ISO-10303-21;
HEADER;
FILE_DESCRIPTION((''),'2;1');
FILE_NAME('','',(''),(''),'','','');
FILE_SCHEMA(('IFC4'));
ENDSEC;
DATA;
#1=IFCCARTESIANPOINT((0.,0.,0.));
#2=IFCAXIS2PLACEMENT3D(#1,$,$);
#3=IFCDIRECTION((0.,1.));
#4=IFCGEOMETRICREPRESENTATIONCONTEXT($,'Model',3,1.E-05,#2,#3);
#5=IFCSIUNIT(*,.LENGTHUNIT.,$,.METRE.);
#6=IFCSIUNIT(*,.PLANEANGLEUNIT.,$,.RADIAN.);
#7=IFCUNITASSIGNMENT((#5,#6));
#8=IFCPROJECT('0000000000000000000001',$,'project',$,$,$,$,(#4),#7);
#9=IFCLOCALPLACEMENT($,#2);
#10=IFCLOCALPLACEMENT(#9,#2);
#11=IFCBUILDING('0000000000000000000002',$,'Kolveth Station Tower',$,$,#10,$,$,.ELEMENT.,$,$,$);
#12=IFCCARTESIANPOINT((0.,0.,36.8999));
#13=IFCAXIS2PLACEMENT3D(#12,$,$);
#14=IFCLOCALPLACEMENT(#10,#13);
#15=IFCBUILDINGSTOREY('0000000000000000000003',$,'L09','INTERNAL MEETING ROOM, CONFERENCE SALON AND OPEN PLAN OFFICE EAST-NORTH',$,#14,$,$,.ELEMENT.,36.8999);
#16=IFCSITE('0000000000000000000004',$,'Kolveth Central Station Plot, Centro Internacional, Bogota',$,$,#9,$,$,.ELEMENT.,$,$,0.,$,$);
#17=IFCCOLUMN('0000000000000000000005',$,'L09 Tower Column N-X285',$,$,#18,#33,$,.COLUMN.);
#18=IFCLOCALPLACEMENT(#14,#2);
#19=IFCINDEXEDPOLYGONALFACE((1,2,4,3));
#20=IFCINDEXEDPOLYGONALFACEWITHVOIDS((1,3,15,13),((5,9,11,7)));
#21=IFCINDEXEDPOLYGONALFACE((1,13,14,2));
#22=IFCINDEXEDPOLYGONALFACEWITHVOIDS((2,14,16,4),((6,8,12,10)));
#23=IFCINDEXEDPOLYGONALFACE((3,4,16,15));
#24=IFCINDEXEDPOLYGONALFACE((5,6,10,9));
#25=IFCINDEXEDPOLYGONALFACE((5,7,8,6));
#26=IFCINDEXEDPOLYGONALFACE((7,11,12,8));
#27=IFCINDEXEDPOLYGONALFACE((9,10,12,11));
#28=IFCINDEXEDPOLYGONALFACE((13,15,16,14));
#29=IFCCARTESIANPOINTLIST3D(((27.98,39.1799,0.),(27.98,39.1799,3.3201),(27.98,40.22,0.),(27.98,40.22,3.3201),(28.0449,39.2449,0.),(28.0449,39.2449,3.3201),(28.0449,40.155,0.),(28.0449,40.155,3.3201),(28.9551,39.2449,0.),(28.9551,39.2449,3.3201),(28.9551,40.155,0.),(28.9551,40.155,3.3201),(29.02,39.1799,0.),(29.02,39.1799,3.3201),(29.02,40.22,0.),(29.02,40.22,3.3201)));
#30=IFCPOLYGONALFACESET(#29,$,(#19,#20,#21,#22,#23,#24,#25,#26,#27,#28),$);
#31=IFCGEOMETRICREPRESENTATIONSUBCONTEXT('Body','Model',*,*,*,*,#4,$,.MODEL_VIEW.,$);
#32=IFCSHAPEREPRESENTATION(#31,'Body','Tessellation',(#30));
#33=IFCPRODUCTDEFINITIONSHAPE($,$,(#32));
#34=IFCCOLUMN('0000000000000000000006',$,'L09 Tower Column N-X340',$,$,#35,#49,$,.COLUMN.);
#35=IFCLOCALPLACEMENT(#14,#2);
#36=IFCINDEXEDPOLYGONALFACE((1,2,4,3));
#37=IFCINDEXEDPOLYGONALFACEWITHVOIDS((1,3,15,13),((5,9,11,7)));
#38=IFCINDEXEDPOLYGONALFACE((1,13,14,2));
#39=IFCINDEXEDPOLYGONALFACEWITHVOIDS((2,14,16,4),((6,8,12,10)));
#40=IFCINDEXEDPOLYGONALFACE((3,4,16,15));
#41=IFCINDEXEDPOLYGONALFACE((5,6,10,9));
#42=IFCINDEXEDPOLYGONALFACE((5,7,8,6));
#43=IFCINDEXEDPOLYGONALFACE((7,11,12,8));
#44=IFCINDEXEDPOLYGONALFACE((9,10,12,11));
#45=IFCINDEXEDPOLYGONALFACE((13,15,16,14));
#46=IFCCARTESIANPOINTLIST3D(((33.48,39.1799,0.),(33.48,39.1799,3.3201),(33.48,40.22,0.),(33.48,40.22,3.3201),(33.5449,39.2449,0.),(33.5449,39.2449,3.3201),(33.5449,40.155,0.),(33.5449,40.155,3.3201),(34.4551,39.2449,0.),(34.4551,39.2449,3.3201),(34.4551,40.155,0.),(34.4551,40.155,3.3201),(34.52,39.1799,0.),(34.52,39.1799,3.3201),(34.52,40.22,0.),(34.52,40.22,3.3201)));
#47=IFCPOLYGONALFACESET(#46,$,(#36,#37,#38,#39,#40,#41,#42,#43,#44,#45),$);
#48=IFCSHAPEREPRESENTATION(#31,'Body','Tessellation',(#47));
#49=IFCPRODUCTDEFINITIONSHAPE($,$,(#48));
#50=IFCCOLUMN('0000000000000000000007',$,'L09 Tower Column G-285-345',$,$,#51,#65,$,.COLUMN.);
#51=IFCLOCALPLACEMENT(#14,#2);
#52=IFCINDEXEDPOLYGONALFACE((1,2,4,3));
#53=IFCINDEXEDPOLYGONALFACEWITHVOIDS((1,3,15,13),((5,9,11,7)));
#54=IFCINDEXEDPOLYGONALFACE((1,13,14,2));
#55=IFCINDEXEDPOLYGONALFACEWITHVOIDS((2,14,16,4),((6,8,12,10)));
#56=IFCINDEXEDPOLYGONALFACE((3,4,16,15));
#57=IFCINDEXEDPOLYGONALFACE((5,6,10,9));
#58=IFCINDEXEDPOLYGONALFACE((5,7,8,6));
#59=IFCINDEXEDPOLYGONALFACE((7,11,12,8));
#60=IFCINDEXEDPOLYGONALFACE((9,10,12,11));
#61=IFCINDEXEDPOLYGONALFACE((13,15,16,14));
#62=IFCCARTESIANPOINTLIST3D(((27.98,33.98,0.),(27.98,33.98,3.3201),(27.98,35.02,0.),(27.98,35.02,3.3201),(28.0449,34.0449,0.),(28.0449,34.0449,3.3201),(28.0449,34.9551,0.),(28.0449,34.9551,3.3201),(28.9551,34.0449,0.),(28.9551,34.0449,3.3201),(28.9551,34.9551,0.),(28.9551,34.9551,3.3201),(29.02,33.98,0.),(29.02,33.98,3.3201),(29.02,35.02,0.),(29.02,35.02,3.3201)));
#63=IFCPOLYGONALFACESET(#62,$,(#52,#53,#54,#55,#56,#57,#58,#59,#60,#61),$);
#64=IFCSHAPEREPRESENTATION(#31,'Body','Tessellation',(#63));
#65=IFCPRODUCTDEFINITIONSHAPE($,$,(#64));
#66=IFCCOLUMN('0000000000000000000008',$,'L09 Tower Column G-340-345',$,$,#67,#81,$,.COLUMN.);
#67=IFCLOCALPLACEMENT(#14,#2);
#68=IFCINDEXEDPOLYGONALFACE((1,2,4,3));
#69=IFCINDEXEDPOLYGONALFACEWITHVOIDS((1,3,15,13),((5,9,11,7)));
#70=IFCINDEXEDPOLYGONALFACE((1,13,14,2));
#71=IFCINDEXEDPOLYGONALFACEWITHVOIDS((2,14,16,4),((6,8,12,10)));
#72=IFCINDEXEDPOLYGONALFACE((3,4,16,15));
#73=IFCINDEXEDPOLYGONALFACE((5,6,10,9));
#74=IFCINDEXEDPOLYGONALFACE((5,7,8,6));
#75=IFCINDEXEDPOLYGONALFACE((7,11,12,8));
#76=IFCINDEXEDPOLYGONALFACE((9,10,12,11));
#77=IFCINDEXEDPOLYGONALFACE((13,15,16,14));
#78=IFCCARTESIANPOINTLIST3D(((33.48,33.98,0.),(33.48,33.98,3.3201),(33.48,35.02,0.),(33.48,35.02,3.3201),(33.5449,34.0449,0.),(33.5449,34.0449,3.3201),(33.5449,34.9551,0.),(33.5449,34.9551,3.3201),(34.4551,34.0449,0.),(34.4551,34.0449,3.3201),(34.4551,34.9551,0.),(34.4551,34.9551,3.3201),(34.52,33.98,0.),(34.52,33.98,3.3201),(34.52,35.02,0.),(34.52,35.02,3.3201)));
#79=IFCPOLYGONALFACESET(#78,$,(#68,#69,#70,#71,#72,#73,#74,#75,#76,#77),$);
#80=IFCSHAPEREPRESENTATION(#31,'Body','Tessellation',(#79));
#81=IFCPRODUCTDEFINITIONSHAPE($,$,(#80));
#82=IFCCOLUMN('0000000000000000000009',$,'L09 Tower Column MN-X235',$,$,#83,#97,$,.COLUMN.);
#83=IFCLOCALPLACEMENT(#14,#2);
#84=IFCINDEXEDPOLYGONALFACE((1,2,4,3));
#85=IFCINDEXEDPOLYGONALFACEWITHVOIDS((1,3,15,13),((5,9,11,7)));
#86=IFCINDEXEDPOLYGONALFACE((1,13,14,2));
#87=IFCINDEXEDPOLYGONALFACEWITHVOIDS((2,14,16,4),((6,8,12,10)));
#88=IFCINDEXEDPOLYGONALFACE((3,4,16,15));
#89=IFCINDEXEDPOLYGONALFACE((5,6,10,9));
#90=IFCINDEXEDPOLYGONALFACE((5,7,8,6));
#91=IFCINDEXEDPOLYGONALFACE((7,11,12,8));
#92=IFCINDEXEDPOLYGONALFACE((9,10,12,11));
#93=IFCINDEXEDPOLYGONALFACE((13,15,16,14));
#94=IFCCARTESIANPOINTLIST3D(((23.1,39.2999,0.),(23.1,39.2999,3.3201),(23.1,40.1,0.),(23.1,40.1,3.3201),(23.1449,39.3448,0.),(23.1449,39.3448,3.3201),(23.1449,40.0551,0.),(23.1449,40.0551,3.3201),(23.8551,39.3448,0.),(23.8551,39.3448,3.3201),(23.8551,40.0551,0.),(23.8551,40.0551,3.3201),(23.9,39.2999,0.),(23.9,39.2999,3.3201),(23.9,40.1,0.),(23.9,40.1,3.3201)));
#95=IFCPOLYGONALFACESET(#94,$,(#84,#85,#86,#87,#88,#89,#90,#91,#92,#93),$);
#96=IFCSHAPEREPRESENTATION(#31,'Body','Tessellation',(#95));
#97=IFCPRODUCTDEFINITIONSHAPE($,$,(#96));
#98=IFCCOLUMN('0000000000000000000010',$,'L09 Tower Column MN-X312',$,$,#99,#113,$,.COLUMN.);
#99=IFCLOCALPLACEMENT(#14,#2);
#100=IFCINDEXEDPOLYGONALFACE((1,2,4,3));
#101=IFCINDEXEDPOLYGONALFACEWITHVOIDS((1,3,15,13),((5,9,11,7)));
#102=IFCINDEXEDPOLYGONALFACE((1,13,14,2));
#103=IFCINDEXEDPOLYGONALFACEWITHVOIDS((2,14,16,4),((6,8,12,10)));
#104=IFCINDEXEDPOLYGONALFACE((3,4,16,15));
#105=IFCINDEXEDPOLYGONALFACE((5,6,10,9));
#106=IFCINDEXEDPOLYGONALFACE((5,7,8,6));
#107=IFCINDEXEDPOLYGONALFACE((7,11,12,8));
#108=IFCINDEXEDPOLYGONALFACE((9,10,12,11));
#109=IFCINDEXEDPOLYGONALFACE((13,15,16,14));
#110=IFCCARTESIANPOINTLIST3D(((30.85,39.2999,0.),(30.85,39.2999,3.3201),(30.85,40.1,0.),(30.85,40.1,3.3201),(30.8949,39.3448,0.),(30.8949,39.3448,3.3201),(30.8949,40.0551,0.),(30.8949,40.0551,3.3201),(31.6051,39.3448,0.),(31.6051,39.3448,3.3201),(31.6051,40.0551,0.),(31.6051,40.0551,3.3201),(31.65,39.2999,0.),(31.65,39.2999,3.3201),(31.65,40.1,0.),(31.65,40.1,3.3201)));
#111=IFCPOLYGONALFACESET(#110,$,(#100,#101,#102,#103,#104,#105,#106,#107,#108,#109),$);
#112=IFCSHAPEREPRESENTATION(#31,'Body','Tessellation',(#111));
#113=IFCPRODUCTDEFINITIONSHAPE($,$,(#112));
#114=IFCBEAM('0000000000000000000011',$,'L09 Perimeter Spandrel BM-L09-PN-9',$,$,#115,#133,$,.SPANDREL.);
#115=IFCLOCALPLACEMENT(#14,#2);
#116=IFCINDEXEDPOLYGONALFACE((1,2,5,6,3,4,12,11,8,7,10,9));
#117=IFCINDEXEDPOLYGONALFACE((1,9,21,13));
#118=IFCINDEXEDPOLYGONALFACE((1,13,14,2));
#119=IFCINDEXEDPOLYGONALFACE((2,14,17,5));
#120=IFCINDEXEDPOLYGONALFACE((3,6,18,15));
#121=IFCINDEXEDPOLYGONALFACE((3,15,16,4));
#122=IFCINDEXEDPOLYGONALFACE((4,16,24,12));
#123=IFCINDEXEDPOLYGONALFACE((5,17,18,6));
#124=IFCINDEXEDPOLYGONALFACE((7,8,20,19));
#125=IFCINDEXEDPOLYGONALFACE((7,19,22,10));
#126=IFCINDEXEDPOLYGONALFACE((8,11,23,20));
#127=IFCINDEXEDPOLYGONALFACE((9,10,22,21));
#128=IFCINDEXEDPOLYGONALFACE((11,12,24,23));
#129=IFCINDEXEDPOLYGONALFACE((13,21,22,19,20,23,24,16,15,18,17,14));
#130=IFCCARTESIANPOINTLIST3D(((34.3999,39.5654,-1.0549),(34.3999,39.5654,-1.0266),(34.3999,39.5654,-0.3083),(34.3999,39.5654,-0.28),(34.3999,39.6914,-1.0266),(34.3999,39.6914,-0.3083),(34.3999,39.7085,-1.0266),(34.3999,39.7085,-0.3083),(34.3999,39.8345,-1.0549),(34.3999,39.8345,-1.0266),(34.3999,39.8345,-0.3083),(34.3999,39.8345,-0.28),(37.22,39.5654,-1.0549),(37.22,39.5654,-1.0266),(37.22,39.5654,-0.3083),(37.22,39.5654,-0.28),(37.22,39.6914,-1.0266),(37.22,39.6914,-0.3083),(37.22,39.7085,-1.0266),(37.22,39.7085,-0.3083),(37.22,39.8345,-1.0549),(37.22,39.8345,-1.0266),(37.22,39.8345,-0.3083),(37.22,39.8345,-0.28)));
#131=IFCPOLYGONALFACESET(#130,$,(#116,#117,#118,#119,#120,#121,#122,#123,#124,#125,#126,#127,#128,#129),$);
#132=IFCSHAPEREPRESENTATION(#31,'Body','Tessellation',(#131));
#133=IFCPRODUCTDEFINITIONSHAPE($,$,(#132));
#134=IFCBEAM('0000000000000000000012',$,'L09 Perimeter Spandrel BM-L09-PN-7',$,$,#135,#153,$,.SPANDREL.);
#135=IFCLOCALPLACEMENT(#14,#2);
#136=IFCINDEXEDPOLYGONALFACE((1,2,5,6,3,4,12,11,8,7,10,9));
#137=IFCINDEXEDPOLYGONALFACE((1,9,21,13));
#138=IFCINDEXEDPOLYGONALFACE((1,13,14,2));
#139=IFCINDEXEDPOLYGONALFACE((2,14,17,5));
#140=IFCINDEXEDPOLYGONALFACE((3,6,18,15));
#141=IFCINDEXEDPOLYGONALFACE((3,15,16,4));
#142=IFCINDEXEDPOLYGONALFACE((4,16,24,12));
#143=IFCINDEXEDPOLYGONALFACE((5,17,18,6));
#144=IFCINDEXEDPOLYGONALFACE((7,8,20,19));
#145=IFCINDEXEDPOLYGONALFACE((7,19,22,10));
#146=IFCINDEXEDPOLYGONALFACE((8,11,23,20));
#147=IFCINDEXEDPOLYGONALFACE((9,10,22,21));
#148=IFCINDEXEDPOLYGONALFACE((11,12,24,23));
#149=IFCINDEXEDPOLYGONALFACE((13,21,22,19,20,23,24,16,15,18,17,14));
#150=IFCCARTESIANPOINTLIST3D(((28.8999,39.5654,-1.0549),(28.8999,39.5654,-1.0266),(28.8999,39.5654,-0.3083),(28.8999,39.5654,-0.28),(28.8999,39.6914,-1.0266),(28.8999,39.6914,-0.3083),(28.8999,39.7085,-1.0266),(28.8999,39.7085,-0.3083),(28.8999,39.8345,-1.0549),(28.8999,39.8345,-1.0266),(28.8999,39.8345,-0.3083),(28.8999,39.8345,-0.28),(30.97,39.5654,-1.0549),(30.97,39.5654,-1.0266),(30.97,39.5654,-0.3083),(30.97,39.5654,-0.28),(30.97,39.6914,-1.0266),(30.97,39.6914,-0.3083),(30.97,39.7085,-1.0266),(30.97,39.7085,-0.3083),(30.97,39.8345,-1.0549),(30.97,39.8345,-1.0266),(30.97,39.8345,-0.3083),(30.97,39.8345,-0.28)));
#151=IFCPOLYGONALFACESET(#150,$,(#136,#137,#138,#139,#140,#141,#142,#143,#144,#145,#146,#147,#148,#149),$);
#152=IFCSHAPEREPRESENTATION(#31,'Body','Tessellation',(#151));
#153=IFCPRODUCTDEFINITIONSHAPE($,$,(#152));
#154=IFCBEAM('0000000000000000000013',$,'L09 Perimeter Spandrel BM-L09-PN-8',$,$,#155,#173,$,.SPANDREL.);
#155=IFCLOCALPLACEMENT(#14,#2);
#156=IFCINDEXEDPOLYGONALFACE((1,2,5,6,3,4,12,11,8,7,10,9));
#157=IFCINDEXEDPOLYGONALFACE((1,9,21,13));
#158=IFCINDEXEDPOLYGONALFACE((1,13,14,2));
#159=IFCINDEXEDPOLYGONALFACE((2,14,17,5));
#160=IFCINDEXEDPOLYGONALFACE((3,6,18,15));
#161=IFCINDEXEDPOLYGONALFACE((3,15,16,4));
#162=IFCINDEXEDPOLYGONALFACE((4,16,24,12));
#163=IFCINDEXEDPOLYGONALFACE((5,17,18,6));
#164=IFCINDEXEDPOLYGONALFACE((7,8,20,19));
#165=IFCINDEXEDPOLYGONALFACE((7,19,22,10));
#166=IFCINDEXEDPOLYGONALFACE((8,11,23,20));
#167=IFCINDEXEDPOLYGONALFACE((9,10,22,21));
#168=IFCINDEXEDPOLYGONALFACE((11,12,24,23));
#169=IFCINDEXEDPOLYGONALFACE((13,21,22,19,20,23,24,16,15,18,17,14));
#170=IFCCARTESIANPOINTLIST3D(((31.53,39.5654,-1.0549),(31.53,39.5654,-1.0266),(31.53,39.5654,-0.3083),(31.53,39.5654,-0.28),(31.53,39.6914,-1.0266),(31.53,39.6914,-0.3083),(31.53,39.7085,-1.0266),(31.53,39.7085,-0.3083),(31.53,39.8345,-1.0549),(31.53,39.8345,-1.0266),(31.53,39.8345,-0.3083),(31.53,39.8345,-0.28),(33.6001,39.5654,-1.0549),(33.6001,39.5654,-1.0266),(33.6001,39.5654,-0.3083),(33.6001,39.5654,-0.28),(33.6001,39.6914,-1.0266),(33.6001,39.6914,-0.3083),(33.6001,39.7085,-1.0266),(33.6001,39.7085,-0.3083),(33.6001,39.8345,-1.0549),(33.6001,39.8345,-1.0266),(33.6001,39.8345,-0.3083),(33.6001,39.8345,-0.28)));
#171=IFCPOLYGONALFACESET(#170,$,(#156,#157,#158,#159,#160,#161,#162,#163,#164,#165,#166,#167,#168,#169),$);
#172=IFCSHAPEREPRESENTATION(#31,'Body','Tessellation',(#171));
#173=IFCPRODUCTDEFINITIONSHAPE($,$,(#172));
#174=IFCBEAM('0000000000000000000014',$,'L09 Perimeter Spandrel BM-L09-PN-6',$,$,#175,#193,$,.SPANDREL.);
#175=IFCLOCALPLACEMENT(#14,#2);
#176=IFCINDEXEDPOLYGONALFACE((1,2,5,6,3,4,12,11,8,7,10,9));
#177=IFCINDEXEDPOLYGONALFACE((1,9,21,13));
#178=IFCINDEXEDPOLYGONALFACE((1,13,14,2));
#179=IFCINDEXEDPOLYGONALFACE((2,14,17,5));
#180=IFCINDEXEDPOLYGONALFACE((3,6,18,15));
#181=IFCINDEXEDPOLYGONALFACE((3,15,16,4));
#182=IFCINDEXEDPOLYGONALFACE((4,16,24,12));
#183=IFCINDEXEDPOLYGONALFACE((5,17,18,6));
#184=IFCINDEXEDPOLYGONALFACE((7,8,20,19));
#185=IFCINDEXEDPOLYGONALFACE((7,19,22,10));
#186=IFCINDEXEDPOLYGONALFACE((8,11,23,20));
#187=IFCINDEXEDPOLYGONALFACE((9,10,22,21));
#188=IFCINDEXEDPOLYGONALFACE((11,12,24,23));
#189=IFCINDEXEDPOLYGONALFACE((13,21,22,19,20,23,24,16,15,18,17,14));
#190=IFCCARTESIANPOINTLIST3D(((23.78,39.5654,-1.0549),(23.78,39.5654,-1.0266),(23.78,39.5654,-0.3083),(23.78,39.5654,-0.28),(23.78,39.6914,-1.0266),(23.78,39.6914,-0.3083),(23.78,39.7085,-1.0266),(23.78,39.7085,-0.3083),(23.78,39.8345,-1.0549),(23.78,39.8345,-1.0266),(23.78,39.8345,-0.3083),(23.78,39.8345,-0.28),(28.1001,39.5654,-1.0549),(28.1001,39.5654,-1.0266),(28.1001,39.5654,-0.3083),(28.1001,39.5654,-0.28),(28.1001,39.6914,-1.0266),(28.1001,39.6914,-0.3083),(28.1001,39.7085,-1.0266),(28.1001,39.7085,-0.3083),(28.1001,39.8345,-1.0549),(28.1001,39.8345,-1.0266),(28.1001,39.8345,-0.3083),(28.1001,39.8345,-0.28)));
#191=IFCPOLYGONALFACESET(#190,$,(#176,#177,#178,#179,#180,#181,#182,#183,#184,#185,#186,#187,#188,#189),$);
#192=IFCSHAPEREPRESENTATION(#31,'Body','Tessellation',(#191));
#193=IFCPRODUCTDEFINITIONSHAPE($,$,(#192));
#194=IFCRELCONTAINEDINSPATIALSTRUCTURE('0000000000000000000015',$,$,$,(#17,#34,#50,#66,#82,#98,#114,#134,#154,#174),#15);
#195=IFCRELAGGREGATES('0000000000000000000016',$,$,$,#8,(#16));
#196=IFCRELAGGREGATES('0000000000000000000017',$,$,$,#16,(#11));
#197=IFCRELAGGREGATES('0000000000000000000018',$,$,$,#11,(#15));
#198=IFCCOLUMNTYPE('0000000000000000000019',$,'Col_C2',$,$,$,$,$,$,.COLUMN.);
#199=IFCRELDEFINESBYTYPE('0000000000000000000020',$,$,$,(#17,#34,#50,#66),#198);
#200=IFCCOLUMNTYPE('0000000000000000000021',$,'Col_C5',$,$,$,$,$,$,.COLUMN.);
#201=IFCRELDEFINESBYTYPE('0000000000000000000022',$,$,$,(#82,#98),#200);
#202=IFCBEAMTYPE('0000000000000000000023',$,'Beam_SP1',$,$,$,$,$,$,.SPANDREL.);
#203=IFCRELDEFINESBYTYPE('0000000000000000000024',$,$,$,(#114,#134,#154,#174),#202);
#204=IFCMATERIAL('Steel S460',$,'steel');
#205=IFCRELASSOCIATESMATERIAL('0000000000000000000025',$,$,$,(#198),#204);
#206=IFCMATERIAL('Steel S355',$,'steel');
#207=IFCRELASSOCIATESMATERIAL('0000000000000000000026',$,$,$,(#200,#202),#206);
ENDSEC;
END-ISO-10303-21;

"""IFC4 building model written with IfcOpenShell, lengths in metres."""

from ifc_helpers import new_model, si_unit, direction, frame, origin, origin_2d, place, context, subcontext, project, spatial, hollow_rectangle, i_section, extrude, source, transform, mapped, material, material_profile, profile_set, type_object, element, save


model = new_model("IFC4")

# Units and contexts
model_context = context("Model", 3, precision=1e-05, world=origin(), true_north=direction((0.0, 1.0)))
body_context = subcontext(model_context, "Body", "Model", "MODEL_VIEW")
ifc_project = project(units=[si_unit("LENGTHUNIT", "METRE"), si_unit("PLANEANGLEUNIT", "RADIAN")], contexts=[model_context])

# Site, building, storey
site_placement = place(None, origin())
site = spatial("IfcSite", under=ifc_project, at=site_placement, Name="Kolveth Central Station Plot, Centro Internacional, Bogota", CompositionType="ELEMENT", RefElevation=0.0)
building_placement = place(site_placement, origin())
building = spatial("IfcBuilding", under=site, at=building_placement, Name="Kolveth Station Tower", CompositionType="ELEMENT")
storey_placement = place(building_placement, frame((0.0, 0.0, 36.8999)))
storey = spatial("IfcBuildingStorey", under=building, at=storey_placement, Name="L09", Description="INTERNAL MEETING ROOM, CONFERENCE SALON AND OPEN PLAN OFFICE EAST-NORTH", CompositionType="ELEMENT", Elevation=36.8999)

# Columns
ifc_material_1 = material(Name="Steel S460", Category="steel")
ifc_material_profile_1 = material_profile(ifc_material_1, hollow_rectangle(XDim=1.04, YDim=1.04, WallThickness=0.0649, at=origin_2d()), Name="BOX1040x1040x65")
ifc_profile_set_1 = profile_set([ifc_material_profile_1], Name="Steel S460")
column_type_1 = type_object("IfcColumnType", Name="Col_C2", PredefinedType="COLUMN", material=ifc_profile_set_1)
shared_shape_1 = source(origin(), body_context, "Body", "SweptSolid", [
    extrude(hollow_rectangle(XDim=1.04, YDim=1.04, WallThickness=0.0649, at=origin_2d()), origin(), (0.0, 0.0, 1.0), 3.3201),
])
for number, where, z_axis, x_axis, name in (
    (1, (28.5, 39.7, 0.0), (0.0, 0.0, 1.0), (1.0, 0.0, 0.0), "L09 Tower Column N-X285"),
    (2, (34.0, 39.7, 0.0), (0.0, 0.0, 1.0), (1.0, 0.0, 0.0), "L09 Tower Column N-X340"),
    (3, (28.5, 34.5, 0.0), (0.0, 0.0, 1.0), (1.0, 0.0, 0.0), "L09 Tower Column G-285-345"),
    (4, (34.0, 34.5, 0.0), (0.0, 0.0, 1.0), (1.0, 0.0, 0.0), "L09 Tower Column G-340-345"),
):
    element("IfcColumn", number, at=place(storey_placement, frame(where, z_axis=z_axis, x_axis=x_axis)), inside=storey, type_object=column_type_1, Name=name, PredefinedType="COLUMN", context=body_context, shape_type="MappedRepresentation", body=[
        mapped(shared_shape_1, transform((0.0, 0.0, 0.0), x_axis=(1.0, 0.0, 0.0), y_axis=(0.0, 1.0, 0.0), z_axis=(0.0, 0.0, 1.0), scale=1.0)),
    ])
ifc_material_2 = material(Name="Steel S355", Category="steel")
ifc_material_profile_2 = material_profile(ifc_material_2, hollow_rectangle(XDim=0.8, YDim=0.8, WallThickness=0.0449, at=origin_2d()), Name="BOX800x800x45")
ifc_profile_set_2 = profile_set([ifc_material_profile_2], Name="Steel S355")
column_type_2 = type_object("IfcColumnType", Name="Col_C5", PredefinedType="COLUMN", material=ifc_profile_set_2)
shared_shape_2 = source(origin(), body_context, "Body", "SweptSolid", [
    extrude(hollow_rectangle(XDim=0.8, YDim=0.8, WallThickness=0.0449, at=origin_2d()), origin(), (0.0, 0.0, 1.0), 3.3201),
])
for number, where, z_axis, x_axis, name in (
    (5, (23.5, 39.7, 0.0), (0.0, 0.0, 1.0), (1.0, 0.0, 0.0), "L09 Tower Column MN-X235"),
    (6, (31.25, 39.7, 0.0), (0.0, 0.0, 1.0), (1.0, 0.0, 0.0), "L09 Tower Column MN-X312"),
):
    element("IfcColumn", number, at=place(storey_placement, frame(where, z_axis=z_axis, x_axis=x_axis)), inside=storey, type_object=column_type_2, Name=name, PredefinedType="COLUMN", context=body_context, shape_type="MappedRepresentation", body=[
        mapped(shared_shape_2, transform((0.0, 0.0, 0.0), x_axis=(1.0, 0.0, 0.0), y_axis=(0.0, 1.0, 0.0), z_axis=(0.0, 0.0, 1.0), scale=1.0)),
    ])

# Beams
ifc_material_profile_3 = material_profile(ifc_material_2, i_section(OverallWidth=0.269, OverallDepth=0.7749, WebThickness=0.0171, FlangeThickness=0.0283, at=origin_2d()), Name="W760x220")
ifc_profile_set_3 = profile_set([ifc_material_profile_3], Name="Steel S355")
beam_type_1 = type_object("IfcBeamType", Name="Beam_SP1", PredefinedType="SPANDREL", material=ifc_profile_set_3)
shared_shape_3 = source(origin(), body_context, "Body", "SweptSolid", [
    extrude(i_section(OverallWidth=0.269, OverallDepth=0.7749, WebThickness=0.0171, FlangeThickness=0.0283, at=origin_2d()), origin(), (0.0, 0.0, 1.0), 2.8201),
])
beam_1_placement = place(storey_placement, frame((34.3999, 39.7, -0.6675), z_axis=(1.0, 0.0, 0.0), x_axis=(0.0, 1.0, 0.0)))
element("IfcBeam", 7, at=beam_1_placement, inside=storey, type_object=beam_type_1, Name="L09 Perimeter Spandrel BM-L09-PN-9", PredefinedType="SPANDREL", context=body_context, shape_type="MappedRepresentation", body=[
    mapped(shared_shape_3, transform((0.0, 0.0, 0.0), x_axis=(1.0, 0.0, 0.0), y_axis=(0.0, 1.0, 0.0), z_axis=(0.0, 0.0, 1.0), scale=1.0)),
])
shared_shape_4 = source(origin(), body_context, "Body", "SweptSolid", [
    extrude(i_section(OverallWidth=0.269, OverallDepth=0.7749, WebThickness=0.0171, FlangeThickness=0.0283, at=origin_2d()), origin(), (0.0, 0.0, 1.0), 2.0701),
])
for number, where, z_axis, x_axis, name in (
    (8, (28.8999, 39.7, -0.6675), (1.0, 0.0, 0.0), (0.0, 1.0, 0.0), "L09 Perimeter Spandrel BM-L09-PN-7"),
    (9, (31.53, 39.7, -0.6675), (1.0, 0.0, 0.0), (0.0, 1.0, 0.0), "L09 Perimeter Spandrel BM-L09-PN-8"),
):
    element("IfcBeam", number, at=place(storey_placement, frame(where, z_axis=z_axis, x_axis=x_axis)), inside=storey, type_object=beam_type_1, Name=name, PredefinedType="SPANDREL", context=body_context, shape_type="MappedRepresentation", body=[
        mapped(shared_shape_4, transform((0.0, 0.0, 0.0), x_axis=(1.0, 0.0, 0.0), y_axis=(0.0, 1.0, 0.0), z_axis=(0.0, 0.0, 1.0), scale=1.0)),
    ])
shared_shape_5 = source(origin(), body_context, "Body", "SweptSolid", [
    extrude(i_section(OverallWidth=0.269, OverallDepth=0.7749, WebThickness=0.0171, FlangeThickness=0.0283, at=origin_2d()), origin(), (0.0, 0.0, 1.0), 4.3201),
])
beam_2_placement = place(storey_placement, frame((23.78, 39.7, -0.6675), z_axis=(1.0, 0.0, 0.0), x_axis=(0.0, 1.0, 0.0)))
element("IfcBeam", 10, at=beam_2_placement, inside=storey, type_object=beam_type_1, Name="L09 Perimeter Spandrel BM-L09-PN-6", PredefinedType="SPANDREL", context=body_context, shape_type="MappedRepresentation", body=[
    mapped(shared_shape_5, transform((0.0, 0.0, 0.0), x_axis=(1.0, 0.0, 0.0), y_axis=(0.0, 1.0, 0.0), z_axis=(0.0, 0.0, 1.0), scale=1.0)),
])

save(model, "model.ifc")
